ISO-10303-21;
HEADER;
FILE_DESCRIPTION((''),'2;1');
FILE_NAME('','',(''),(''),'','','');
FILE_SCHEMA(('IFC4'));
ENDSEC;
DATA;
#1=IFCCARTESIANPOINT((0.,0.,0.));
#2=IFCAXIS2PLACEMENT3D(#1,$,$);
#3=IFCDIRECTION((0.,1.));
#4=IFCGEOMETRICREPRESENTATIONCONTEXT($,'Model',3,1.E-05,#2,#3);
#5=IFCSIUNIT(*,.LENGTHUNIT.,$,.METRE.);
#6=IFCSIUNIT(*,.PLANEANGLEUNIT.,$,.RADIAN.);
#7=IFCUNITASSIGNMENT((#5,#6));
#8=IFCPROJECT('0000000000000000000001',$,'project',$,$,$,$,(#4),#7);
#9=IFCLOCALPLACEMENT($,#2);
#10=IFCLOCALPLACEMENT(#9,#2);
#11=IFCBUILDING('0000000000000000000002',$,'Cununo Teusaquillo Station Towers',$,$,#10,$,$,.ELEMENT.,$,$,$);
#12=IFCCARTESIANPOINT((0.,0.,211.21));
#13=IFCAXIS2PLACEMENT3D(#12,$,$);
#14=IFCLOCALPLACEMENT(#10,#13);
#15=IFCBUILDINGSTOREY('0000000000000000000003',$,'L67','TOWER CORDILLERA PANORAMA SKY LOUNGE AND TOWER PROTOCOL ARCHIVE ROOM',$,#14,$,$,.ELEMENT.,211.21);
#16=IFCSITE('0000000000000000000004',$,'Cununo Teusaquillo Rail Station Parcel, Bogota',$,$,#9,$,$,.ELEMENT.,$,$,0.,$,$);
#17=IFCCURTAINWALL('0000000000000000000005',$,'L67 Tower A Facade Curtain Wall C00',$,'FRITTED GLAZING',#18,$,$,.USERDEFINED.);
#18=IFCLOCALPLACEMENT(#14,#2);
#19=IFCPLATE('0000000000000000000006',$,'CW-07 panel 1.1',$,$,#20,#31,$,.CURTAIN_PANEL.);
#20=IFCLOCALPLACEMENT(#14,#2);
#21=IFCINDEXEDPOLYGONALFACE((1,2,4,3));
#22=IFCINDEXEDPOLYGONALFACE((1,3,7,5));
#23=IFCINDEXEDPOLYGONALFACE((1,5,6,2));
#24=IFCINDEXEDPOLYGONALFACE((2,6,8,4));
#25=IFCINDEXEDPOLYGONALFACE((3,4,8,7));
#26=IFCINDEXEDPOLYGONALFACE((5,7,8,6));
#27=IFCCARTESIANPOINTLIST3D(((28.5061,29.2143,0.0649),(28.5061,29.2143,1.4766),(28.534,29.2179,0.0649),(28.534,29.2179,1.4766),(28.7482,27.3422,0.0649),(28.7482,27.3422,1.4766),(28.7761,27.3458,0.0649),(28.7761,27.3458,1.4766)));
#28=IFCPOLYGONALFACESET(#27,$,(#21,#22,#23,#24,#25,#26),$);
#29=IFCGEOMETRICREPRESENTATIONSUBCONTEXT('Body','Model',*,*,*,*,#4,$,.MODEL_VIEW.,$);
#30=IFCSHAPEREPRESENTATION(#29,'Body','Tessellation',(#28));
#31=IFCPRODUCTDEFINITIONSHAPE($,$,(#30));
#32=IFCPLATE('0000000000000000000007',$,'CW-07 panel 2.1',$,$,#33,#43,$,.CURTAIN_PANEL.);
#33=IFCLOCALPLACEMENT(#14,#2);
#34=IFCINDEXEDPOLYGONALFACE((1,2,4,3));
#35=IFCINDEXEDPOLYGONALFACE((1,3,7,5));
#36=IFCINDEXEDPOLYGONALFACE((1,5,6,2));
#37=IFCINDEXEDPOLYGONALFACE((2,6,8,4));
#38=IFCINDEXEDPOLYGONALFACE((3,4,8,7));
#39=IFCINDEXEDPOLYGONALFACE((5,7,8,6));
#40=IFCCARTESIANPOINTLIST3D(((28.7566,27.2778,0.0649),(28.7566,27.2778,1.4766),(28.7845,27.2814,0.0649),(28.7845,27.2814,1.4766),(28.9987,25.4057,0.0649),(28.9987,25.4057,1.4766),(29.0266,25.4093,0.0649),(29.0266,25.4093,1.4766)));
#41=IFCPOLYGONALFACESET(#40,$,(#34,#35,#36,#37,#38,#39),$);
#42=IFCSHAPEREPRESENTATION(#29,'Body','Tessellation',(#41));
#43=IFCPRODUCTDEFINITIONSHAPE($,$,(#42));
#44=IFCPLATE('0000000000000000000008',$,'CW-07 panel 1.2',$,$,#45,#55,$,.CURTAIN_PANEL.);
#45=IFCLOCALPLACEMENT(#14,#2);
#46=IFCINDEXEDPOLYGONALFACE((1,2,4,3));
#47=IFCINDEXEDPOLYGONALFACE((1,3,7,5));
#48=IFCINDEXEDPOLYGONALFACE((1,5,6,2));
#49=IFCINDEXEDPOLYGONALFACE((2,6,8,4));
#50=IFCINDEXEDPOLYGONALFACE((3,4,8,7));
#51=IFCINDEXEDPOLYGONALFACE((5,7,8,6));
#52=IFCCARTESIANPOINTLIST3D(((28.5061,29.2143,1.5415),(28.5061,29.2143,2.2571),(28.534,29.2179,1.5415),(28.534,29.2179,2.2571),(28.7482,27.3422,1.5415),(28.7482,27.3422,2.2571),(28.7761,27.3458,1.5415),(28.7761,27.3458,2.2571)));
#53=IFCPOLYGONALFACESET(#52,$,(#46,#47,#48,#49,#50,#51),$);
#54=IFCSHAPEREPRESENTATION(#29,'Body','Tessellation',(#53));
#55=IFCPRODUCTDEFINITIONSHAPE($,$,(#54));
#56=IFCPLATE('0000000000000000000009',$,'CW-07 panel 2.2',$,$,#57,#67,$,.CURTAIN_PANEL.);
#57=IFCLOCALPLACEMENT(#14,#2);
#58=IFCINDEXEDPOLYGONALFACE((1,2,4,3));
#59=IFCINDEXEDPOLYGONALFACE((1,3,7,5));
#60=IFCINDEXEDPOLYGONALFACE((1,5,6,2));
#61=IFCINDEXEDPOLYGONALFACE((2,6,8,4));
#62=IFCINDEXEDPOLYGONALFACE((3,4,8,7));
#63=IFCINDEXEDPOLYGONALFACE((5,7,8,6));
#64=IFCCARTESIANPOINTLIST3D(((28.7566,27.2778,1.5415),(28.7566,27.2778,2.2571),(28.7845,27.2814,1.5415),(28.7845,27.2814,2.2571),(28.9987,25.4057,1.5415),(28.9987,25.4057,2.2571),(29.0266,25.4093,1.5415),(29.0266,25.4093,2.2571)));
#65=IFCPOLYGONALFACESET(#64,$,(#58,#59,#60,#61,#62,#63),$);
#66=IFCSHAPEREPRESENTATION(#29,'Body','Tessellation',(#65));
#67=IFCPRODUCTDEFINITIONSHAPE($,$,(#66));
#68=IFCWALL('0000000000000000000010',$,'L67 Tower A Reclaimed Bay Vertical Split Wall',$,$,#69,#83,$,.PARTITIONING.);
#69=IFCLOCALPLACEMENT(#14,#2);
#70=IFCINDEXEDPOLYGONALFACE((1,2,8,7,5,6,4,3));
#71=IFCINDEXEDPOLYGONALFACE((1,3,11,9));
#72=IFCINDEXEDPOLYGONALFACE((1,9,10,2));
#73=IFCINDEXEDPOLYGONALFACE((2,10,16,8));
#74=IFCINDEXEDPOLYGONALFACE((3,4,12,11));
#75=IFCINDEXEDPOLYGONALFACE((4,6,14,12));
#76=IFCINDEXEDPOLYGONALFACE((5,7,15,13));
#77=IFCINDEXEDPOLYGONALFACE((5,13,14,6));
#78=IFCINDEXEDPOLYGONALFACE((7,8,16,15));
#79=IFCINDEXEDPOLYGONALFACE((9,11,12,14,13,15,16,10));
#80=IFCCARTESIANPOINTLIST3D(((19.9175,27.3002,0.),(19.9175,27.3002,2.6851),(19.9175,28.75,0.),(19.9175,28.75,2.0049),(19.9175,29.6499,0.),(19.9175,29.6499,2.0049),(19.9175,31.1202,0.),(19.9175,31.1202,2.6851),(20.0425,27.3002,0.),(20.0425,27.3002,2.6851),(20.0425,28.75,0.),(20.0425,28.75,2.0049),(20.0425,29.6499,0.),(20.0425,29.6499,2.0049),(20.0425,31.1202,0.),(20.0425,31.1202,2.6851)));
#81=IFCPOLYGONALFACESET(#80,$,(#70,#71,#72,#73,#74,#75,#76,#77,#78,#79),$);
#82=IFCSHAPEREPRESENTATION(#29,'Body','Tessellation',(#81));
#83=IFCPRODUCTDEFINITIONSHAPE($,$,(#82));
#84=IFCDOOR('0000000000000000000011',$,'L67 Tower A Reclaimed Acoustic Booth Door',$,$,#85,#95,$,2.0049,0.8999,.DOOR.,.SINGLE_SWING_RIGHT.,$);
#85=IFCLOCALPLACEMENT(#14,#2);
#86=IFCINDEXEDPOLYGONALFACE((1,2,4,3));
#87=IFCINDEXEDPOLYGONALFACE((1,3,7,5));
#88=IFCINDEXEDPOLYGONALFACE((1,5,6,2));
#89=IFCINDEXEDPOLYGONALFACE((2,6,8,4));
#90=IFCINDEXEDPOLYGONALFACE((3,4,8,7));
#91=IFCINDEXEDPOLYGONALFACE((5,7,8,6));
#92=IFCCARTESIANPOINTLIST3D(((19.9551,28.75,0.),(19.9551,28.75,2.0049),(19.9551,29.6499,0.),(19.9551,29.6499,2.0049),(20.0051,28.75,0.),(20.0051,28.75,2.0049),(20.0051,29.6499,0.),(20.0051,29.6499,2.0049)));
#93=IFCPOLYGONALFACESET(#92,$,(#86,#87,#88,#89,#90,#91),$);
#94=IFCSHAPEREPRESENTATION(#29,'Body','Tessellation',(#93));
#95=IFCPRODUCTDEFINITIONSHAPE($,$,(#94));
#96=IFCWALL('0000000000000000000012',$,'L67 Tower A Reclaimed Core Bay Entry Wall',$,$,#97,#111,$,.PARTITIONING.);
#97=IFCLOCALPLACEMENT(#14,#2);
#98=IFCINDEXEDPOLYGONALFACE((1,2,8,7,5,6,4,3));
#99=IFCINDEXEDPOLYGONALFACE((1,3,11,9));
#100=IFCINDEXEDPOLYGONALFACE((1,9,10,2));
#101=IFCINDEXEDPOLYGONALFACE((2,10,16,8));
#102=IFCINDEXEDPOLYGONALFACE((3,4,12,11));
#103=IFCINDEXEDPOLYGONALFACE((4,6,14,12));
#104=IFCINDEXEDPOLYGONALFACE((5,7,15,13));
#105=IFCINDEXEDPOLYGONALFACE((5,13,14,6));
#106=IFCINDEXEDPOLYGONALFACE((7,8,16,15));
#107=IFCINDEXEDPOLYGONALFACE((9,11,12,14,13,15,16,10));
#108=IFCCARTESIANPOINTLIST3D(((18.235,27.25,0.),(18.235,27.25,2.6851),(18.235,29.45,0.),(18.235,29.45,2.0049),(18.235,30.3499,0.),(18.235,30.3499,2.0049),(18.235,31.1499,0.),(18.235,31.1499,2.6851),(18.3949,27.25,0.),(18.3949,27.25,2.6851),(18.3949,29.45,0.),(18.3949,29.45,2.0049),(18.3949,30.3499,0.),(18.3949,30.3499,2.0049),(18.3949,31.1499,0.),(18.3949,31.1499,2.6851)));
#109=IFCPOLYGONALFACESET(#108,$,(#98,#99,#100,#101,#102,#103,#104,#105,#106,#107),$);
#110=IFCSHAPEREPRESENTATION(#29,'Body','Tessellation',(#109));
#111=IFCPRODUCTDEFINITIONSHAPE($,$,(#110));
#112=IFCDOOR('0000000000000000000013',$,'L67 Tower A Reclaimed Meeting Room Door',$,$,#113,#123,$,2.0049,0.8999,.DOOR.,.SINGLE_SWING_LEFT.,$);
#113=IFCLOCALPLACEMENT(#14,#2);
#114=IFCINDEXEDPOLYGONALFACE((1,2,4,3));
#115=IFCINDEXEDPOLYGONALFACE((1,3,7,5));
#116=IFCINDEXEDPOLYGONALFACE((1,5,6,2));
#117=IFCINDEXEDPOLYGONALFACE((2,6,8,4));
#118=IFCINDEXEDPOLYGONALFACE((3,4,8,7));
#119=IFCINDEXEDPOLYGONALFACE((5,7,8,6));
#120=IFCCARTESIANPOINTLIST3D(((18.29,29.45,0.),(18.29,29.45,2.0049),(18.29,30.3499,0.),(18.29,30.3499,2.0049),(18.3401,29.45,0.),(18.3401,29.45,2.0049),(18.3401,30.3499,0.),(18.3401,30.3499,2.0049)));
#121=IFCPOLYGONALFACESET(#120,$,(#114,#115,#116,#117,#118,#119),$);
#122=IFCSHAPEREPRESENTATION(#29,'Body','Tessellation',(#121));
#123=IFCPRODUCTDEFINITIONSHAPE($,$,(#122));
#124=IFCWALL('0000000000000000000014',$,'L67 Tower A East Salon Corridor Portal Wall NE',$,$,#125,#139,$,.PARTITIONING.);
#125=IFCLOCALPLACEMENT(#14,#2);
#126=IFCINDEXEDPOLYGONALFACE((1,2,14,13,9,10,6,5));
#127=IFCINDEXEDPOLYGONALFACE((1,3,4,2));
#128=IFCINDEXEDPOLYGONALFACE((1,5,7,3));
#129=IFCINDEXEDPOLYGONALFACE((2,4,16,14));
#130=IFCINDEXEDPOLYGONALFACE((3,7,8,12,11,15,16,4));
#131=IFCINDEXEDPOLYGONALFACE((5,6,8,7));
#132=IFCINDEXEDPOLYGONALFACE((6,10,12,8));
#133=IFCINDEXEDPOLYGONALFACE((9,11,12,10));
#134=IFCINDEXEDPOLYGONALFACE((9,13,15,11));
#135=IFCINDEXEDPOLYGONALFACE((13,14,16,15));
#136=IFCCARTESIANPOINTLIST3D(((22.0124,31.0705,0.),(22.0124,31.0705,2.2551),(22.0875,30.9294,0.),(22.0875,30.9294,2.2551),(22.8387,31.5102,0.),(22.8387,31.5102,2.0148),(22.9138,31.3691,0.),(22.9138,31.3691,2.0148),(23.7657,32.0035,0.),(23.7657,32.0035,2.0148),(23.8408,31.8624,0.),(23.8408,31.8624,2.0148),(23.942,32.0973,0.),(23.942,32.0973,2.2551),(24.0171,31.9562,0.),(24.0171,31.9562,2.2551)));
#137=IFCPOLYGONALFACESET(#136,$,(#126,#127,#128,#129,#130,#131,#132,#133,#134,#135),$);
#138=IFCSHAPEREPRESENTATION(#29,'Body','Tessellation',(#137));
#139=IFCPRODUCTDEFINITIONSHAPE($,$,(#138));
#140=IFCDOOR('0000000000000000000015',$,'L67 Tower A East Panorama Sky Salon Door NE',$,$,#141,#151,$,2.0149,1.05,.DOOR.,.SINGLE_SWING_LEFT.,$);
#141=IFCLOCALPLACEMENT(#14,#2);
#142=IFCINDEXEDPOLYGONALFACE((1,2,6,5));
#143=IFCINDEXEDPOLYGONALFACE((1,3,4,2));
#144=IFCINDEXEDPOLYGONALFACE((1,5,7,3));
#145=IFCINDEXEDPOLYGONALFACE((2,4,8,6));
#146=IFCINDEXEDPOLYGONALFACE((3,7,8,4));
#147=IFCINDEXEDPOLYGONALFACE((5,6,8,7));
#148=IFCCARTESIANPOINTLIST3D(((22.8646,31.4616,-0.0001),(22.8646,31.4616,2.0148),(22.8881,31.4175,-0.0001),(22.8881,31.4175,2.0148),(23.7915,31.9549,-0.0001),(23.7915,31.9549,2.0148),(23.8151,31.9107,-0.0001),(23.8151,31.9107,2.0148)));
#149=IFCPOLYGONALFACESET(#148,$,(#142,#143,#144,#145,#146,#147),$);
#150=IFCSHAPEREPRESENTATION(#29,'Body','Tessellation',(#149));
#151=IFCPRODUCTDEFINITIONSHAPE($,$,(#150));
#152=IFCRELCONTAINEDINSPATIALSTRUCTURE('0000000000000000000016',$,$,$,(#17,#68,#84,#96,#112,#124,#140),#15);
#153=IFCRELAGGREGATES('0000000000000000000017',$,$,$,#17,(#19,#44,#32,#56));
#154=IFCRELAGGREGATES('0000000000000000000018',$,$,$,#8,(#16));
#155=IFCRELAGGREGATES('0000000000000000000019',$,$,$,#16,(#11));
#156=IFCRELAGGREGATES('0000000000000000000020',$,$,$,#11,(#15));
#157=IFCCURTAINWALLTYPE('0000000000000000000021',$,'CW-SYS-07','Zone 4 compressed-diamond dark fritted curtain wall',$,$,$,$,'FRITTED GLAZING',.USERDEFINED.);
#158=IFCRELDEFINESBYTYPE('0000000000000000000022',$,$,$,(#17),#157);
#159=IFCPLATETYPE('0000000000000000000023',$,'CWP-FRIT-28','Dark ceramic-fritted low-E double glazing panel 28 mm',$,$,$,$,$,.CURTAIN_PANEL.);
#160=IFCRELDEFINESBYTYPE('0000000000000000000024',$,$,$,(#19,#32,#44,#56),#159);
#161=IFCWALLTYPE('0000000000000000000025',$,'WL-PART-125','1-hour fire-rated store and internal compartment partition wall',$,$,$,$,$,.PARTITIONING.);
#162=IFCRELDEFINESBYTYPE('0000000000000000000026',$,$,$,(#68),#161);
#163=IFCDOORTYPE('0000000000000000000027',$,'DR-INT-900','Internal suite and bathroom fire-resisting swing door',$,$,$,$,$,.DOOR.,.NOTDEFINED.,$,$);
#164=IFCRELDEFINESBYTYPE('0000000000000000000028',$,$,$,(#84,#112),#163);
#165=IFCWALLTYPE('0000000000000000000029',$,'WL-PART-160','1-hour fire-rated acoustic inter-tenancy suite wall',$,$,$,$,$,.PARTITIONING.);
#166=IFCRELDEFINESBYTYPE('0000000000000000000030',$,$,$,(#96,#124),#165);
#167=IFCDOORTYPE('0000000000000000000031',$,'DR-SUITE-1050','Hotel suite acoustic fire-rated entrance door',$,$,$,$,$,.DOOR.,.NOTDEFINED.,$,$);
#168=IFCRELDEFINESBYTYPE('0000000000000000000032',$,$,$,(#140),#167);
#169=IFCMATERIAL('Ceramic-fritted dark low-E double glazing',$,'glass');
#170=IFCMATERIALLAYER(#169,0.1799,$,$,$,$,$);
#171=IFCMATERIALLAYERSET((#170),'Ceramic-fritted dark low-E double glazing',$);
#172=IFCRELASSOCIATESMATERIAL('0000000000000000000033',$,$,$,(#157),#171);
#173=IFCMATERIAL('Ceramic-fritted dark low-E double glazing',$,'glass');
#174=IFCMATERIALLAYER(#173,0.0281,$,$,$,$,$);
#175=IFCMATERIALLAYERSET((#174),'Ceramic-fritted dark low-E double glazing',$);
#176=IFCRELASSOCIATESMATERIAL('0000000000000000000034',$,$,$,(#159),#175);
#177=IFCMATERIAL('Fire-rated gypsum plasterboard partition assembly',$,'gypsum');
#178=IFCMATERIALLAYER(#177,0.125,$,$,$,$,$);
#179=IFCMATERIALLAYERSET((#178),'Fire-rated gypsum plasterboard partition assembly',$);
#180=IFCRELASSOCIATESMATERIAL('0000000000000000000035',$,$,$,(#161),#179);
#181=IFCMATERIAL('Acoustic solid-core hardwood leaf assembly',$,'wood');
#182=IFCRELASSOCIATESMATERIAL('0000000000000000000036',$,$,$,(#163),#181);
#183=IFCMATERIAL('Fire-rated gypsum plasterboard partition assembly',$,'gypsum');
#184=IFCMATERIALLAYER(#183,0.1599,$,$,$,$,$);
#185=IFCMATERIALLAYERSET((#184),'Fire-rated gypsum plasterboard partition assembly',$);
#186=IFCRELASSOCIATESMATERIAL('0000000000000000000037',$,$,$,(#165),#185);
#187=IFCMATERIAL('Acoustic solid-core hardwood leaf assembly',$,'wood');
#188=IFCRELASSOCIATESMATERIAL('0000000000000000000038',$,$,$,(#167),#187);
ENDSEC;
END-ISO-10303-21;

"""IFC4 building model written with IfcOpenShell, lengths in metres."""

from ifc_helpers import new_model, si_unit, direction, frame, frame_2d, origin, origin_2d, place, context, subcontext, project, spatial, rectangle, extrude, source, transform, mapped, material, layer, layer_set, type_object, element, fill, aggregate, save


model = new_model("IFC4")

# Units and contexts
model_context = context("Model", 3, precision=1e-05, world=origin(), true_north=direction((0.0, 1.0)))
body_context = subcontext(model_context, "Body", "Model", "MODEL_VIEW")
ifc_project = project(units=[si_unit("LENGTHUNIT", "METRE"), si_unit("PLANEANGLEUNIT", "RADIAN")], contexts=[model_context])

# Site, building, storey
site_placement = place(None, origin())
site = spatial("IfcSite", under=ifc_project, at=site_placement, Name="Cununo Teusaquillo Rail Station Parcel, Bogota", CompositionType="ELEMENT", RefElevation=0.0)
building_placement = place(site_placement, origin())
building = spatial("IfcBuilding", under=site, at=building_placement, Name="Cununo Teusaquillo Station Towers", CompositionType="ELEMENT")
storey_placement = place(building_placement, frame((0.0, 0.0, 211.21)))
storey = spatial("IfcBuildingStorey", under=building, at=storey_placement, Name="L67", Description="TOWER CORDILLERA PANORAMA SKY LOUNGE AND TOWER PROTOCOL ARCHIVE ROOM", CompositionType="ELEMENT", Elevation=211.21)

# Curtain wall, plates
ifc_material_1 = material(Name="Ceramic-fritted dark low-E double glazing", Category="glass")
ifc_layer_1 = layer(ifc_material_1, 0.1799)
ifc_layer_set_1 = layer_set([ifc_layer_1], Name="Ceramic-fritted dark low-E double glazing")
curtain_wall_type = type_object("IfcCurtainWallType", Name="CW-SYS-07", Description="Zone 4 compressed-diamond dark fritted curtain wall", ElementType="FRITTED GLAZING", PredefinedType="USERDEFINED", material=ifc_layer_set_1)
curtain_wall_placement = place(storey_placement, origin())
curtain_wall = element("IfcCurtainWall", 1, at=curtain_wall_placement, inside=storey, type_object=curtain_wall_type, Name="L67 Tower A Facade Curtain Wall C00", ObjectType="FRITTED GLAZING", PredefinedType="USERDEFINED")
ifc_material_2 = material(Name="Ceramic-fritted dark low-E double glazing", Category="glass")
ifc_layer_2 = layer(ifc_material_2, 0.0281)
ifc_layer_set_2 = layer_set([ifc_layer_2], Name="Ceramic-fritted dark low-E double glazing")
plate_type = type_object("IfcPlateType", Name="CWP-FRIT-28", Description="Dark ceramic-fritted low-E double glazing panel 28 mm", PredefinedType="CURTAIN_PANEL", material=ifc_layer_set_2)
shared_shape_1 = source(origin(), body_context, "Body", "SweptSolid", [
    extrude(rectangle(XDim=1.8877, YDim=0.0281, at=origin_2d()), origin(), (0.0, 0.0, 1.0), 1.4116),
])
plate_1_placement = place(storey_placement, frame((28.6411, 28.28, 0.0649), z_axis=(0.0, 0.0, 1.0), x_axis=(0.128253, -0.991742, 0.0)))
plate_1 = element("IfcPlate", 2, at=plate_1_placement, type_object=plate_type, Name="CW-07 panel 1.1", PredefinedType="CURTAIN_PANEL", context=body_context, shape_type="MappedRepresentation", body=[
    mapped(shared_shape_1, transform((0.0, 0.0, 0.0), x_axis=(1.0, 0.0, 0.0), y_axis=(0.0, 1.0, 0.0), z_axis=(0.0, 0.0, 1.0), scale=1.0)),
])
plate_2_placement = place(storey_placement, frame((28.8916, 26.3435, 0.0649), z_axis=(0.0, 0.0, 1.0), x_axis=(0.128253, -0.991742, 0.0)))
plate_2 = element("IfcPlate", 3, at=plate_2_placement, type_object=plate_type, Name="CW-07 panel 2.1", PredefinedType="CURTAIN_PANEL", context=body_context, shape_type="MappedRepresentation", body=[
    mapped(shared_shape_1, transform((0.0, 0.0, 0.0), x_axis=(1.0, 0.0, 0.0), y_axis=(0.0, 1.0, 0.0), z_axis=(0.0, 0.0, 1.0), scale=1.0)),
])
shared_shape_2 = source(origin(), body_context, "Body", "SweptSolid", [
    extrude(rectangle(XDim=1.8877, YDim=0.0281, at=origin_2d()), origin(), (0.0, 0.0, 1.0), 0.7156),
])
plate_3_placement = place(storey_placement, frame((28.6411, 28.28, 1.5415), z_axis=(0.0, 0.0, 1.0), x_axis=(0.128253, -0.991742, 0.0)))
plate_3 = element("IfcPlate", 4, at=plate_3_placement, type_object=plate_type, Name="CW-07 panel 1.2", PredefinedType="CURTAIN_PANEL", context=body_context, shape_type="MappedRepresentation", body=[
    mapped(shared_shape_2, transform((0.0, 0.0, 0.0), x_axis=(1.0, 0.0, 0.0), y_axis=(0.0, 1.0, 0.0), z_axis=(0.0, 0.0, 1.0), scale=1.0)),
])
plate_4_placement = place(storey_placement, frame((28.8916, 26.3435, 1.5415), z_axis=(0.0, 0.0, 1.0), x_axis=(0.128253, -0.991742, 0.0)))
plate_4 = element("IfcPlate", 5, at=plate_4_placement, type_object=plate_type, Name="CW-07 panel 2.2", PredefinedType="CURTAIN_PANEL", context=body_context, shape_type="MappedRepresentation", body=[
    mapped(shared_shape_2, transform((0.0, 0.0, 0.0), x_axis=(1.0, 0.0, 0.0), y_axis=(0.0, 1.0, 0.0), z_axis=(0.0, 0.0, 1.0), scale=1.0)),
])
aggregate(curtain_wall, [plate_1, plate_3, plate_2, plate_4])

# Walls, openings, doors
ifc_material_3 = material(Name="Fire-rated gypsum plasterboard partition assembly", Category="gypsum")
ifc_layer_3 = layer(ifc_material_3, 0.125)
ifc_layer_set_3 = layer_set([ifc_layer_3], Name="Fire-rated gypsum plasterboard partition assembly")
wall_type_1 = type_object("IfcWallType", Name="WL-PART-125", Description="1-hour fire-rated store and internal compartment partition wall", PredefinedType="PARTITIONING", material=ifc_layer_set_3)
wall_1_placement = place(storey_placement, frame((19.98, 27.3, 0.0), z_axis=(0.0, 0.0, 1.0), x_axis=(0.0, 1.0, 0.0)))
wall_1 = element("IfcWall", 6, at=wall_1_placement, inside=storey, type_object=wall_type_1, Name="L67 Tower A Reclaimed Bay Vertical Split Wall", PredefinedType="PARTITIONING", context=body_context, shape_type="SweptSolid", body=[
    extrude(rectangle(XDim=3.8201, YDim=0.125, at=frame_2d((1.9102, 0.0))), origin(), (0.0, 0.0, 1.0), 2.6851),
])
shared_shape_3 = source(origin(), body_context, "Body", "SweptSolid", [
    extrude(rectangle(XDim=0.8999, YDim=2.0049, at=frame_2d((0.45, 1.0024))), frame((0.0, 0.0725, 0.0), z_axis=(0.0, -1.0, 0.0), x_axis=(1.0, 0.0, 0.0)), (0.0, 0.0, 1.0), 0.145),
])
opening_1_placement = place(wall_1_placement, frame((1.45, 0.0, 0.0)))
opening_1 = element("IfcOpeningElement", 7, at=opening_1_placement, cuts=wall_1, PredefinedType="OPENING", context=body_context, shape_type="MappedRepresentation", body=[
    mapped(shared_shape_3, transform((0.0, 0.0, 0.0), x_axis=(1.0, 0.0, 0.0), y_axis=(0.0, 1.0, 0.0), z_axis=(0.0, 0.0, 1.0), scale=1.0)),
])
ifc_material_4 = material(Name="Acoustic solid-core hardwood leaf assembly", Category="wood")
door_type_1 = type_object("IfcDoorType", Name="DR-INT-900", Description="Internal suite and bathroom fire-resisting swing door", OperationType="NOTDEFINED", PredefinedType="DOOR", material=ifc_material_4)
shared_shape_4 = source(origin(), body_context, "Body", "SweptSolid", [
    extrude(rectangle(XDim=0.8999, YDim=2.0049, at=frame_2d((0.45, 1.0024))), frame((0.0, 0.0249, 0.0), z_axis=(0.0, -1.0, 0.0), x_axis=(1.0, 0.0, 0.0)), (0.0, 0.0, 1.0), 0.05),
])
door_1_placement = place(opening_1_placement, origin())
door_1 = element("IfcDoor", 8, at=door_1_placement, inside=storey, type_object=door_type_1, Name="L67 Tower A Reclaimed Acoustic Booth Door", OperationType="SINGLE_SWING_RIGHT", OverallHeight=2.0049, OverallWidth=0.8999, PredefinedType="DOOR", context=body_context, shape_type="MappedRepresentation", body=[
    mapped(shared_shape_4, transform((0.0, 0.0, 0.0), x_axis=(1.0, 0.0, 0.0), y_axis=(0.0, 1.0, 0.0), z_axis=(0.0, 0.0, 1.0), scale=1.0)),
])
fill(opening_1, door_1)
ifc_material_5 = material(Name="Fire-rated gypsum plasterboard partition assembly", Category="gypsum")
ifc_layer_4 = layer(ifc_material_5, 0.1599)
ifc_layer_set_4 = layer_set([ifc_layer_4], Name="Fire-rated gypsum plasterboard partition assembly")
wall_type_2 = type_object("IfcWallType", Name="WL-PART-160", Description="1-hour fire-rated acoustic inter-tenancy suite wall", PredefinedType="PARTITIONING", material=ifc_layer_set_4)
wall_2_placement = place(storey_placement, frame((18.3149, 27.25, 0.0), z_axis=(0.0, 0.0, 1.0), x_axis=(0.0, 1.0, 0.0)))
wall_2 = element("IfcWall", 9, at=wall_2_placement, inside=storey, type_object=wall_type_2, Name="L67 Tower A Reclaimed Core Bay Entry Wall", PredefinedType="PARTITIONING", context=body_context, shape_type="SweptSolid", body=[
    extrude(rectangle(XDim=3.8999, YDim=0.1599, at=frame_2d((1.95, 0.0))), origin(), (0.0, 0.0, 1.0), 2.6851),
])
shared_shape_5 = source(origin(), body_context, "Body", "SweptSolid", [
    extrude(rectangle(XDim=0.8999, YDim=2.0049, at=frame_2d((0.45, 1.0024))), frame((0.0, 0.0898, 0.0), z_axis=(0.0, -1.0, 0.0), x_axis=(1.0, 0.0, 0.0)), (0.0, 0.0, 1.0), 0.1799),
])
opening_2_placement = place(wall_2_placement, frame((2.2, 0.0, 0.0)))
opening_2 = element("IfcOpeningElement", 10, at=opening_2_placement, cuts=wall_2, PredefinedType="OPENING", context=body_context, shape_type="MappedRepresentation", body=[
    mapped(shared_shape_5, transform((0.0, 0.0, 0.0), x_axis=(1.0, 0.0, 0.0), y_axis=(0.0, 1.0, 0.0), z_axis=(0.0, 0.0, 1.0), scale=1.0)),
])
door_2_placement = place(opening_2_placement, origin())
door_2 = element("IfcDoor", 11, at=door_2_placement, inside=storey, type_object=door_type_1, Name="L67 Tower A Reclaimed Meeting Room Door", OperationType="SINGLE_SWING_LEFT", OverallHeight=2.0049, OverallWidth=0.8999, PredefinedType="DOOR", context=body_context, shape_type="MappedRepresentation", body=[
    mapped(shared_shape_4, transform((0.0, 0.0, 0.0), x_axis=(1.0, 0.0, 0.0), y_axis=(0.0, 1.0, 0.0), z_axis=(0.0, 0.0, 1.0), scale=1.0)),
])
fill(opening_2, door_2)
wall_3_placement = place(storey_placement, frame((22.05, 31.0, 0.0), z_axis=(0.0, 0.0, 1.0), x_axis=(0.882792, 0.469765, 0.0)))
wall_3 = element("IfcWall", 12, at=wall_3_placement, inside=storey, type_object=wall_type_2, Name="L67 Tower A East Salon Corridor Portal Wall NE", PredefinedType="PARTITIONING", context=body_context, shape_type="SweptSolid", body=[
    extrude(rectangle(XDim=2.1858, YDim=0.1599, at=frame_2d((1.0928, 0.0))), origin(), (0.0, 0.0, 1.0), 2.2551),
])
shared_shape_6 = source(origin(), body_context, "Body", "SweptSolid", [
    extrude(rectangle(XDim=1.05, YDim=2.0149, at=frame_2d((0.5249, 1.0073))), frame((0.0, 0.0898, 0.0), z_axis=(0.0, -1.0, 0.0), x_axis=(1.0, 0.0, 0.0)), (0.0, 0.0, 1.0), 0.1799),
])
opening_3_placement = place(wall_3_placement, frame((0.936, 0.0, 0.0)))
opening_3 = element("IfcOpeningElement", 13, at=opening_3_placement, cuts=wall_3, PredefinedType="OPENING", context=body_context, shape_type="MappedRepresentation", body=[
    mapped(shared_shape_6, transform((0.0, 0.0, 0.0), x_axis=(1.0, 0.0, 0.0), y_axis=(0.0, 1.0, 0.0), z_axis=(0.0, 0.0, 1.0), scale=1.0)),
])
ifc_material_6 = material(Name="Acoustic solid-core hardwood leaf assembly", Category="wood")
door_type_2 = type_object("IfcDoorType", Name="DR-SUITE-1050", Description="Hotel suite acoustic fire-rated entrance door", OperationType="NOTDEFINED", PredefinedType="DOOR", material=ifc_material_6)
shared_shape_7 = source(origin(), body_context, "Body", "SweptSolid", [
    extrude(rectangle(XDim=1.05, YDim=2.0149, at=frame_2d((0.5249, 1.0073))), frame((0.0, 0.0249, 0.0), z_axis=(0.0, -1.0, 0.0), x_axis=(1.0, 0.0, 0.0)), (0.0, 0.0, 1.0), 0.05),
])
door_3_placement = place(opening_3_placement, origin())
door_3 = element("IfcDoor", 14, at=door_3_placement, inside=storey, type_object=door_type_2, Name="L67 Tower A East Panorama Sky Salon Door NE", OperationType="SINGLE_SWING_LEFT", OverallHeight=2.0149, OverallWidth=1.05, PredefinedType="DOOR", context=body_context, shape_type="MappedRepresentation", body=[
    mapped(shared_shape_7, transform((0.0, 0.0, 0.0), x_axis=(1.0, 0.0, 0.0), y_axis=(0.0, 1.0, 0.0), z_axis=(0.0, 0.0, 1.0), scale=1.0)),
])
fill(opening_3, door_3)

save(model, "model.ifc")
